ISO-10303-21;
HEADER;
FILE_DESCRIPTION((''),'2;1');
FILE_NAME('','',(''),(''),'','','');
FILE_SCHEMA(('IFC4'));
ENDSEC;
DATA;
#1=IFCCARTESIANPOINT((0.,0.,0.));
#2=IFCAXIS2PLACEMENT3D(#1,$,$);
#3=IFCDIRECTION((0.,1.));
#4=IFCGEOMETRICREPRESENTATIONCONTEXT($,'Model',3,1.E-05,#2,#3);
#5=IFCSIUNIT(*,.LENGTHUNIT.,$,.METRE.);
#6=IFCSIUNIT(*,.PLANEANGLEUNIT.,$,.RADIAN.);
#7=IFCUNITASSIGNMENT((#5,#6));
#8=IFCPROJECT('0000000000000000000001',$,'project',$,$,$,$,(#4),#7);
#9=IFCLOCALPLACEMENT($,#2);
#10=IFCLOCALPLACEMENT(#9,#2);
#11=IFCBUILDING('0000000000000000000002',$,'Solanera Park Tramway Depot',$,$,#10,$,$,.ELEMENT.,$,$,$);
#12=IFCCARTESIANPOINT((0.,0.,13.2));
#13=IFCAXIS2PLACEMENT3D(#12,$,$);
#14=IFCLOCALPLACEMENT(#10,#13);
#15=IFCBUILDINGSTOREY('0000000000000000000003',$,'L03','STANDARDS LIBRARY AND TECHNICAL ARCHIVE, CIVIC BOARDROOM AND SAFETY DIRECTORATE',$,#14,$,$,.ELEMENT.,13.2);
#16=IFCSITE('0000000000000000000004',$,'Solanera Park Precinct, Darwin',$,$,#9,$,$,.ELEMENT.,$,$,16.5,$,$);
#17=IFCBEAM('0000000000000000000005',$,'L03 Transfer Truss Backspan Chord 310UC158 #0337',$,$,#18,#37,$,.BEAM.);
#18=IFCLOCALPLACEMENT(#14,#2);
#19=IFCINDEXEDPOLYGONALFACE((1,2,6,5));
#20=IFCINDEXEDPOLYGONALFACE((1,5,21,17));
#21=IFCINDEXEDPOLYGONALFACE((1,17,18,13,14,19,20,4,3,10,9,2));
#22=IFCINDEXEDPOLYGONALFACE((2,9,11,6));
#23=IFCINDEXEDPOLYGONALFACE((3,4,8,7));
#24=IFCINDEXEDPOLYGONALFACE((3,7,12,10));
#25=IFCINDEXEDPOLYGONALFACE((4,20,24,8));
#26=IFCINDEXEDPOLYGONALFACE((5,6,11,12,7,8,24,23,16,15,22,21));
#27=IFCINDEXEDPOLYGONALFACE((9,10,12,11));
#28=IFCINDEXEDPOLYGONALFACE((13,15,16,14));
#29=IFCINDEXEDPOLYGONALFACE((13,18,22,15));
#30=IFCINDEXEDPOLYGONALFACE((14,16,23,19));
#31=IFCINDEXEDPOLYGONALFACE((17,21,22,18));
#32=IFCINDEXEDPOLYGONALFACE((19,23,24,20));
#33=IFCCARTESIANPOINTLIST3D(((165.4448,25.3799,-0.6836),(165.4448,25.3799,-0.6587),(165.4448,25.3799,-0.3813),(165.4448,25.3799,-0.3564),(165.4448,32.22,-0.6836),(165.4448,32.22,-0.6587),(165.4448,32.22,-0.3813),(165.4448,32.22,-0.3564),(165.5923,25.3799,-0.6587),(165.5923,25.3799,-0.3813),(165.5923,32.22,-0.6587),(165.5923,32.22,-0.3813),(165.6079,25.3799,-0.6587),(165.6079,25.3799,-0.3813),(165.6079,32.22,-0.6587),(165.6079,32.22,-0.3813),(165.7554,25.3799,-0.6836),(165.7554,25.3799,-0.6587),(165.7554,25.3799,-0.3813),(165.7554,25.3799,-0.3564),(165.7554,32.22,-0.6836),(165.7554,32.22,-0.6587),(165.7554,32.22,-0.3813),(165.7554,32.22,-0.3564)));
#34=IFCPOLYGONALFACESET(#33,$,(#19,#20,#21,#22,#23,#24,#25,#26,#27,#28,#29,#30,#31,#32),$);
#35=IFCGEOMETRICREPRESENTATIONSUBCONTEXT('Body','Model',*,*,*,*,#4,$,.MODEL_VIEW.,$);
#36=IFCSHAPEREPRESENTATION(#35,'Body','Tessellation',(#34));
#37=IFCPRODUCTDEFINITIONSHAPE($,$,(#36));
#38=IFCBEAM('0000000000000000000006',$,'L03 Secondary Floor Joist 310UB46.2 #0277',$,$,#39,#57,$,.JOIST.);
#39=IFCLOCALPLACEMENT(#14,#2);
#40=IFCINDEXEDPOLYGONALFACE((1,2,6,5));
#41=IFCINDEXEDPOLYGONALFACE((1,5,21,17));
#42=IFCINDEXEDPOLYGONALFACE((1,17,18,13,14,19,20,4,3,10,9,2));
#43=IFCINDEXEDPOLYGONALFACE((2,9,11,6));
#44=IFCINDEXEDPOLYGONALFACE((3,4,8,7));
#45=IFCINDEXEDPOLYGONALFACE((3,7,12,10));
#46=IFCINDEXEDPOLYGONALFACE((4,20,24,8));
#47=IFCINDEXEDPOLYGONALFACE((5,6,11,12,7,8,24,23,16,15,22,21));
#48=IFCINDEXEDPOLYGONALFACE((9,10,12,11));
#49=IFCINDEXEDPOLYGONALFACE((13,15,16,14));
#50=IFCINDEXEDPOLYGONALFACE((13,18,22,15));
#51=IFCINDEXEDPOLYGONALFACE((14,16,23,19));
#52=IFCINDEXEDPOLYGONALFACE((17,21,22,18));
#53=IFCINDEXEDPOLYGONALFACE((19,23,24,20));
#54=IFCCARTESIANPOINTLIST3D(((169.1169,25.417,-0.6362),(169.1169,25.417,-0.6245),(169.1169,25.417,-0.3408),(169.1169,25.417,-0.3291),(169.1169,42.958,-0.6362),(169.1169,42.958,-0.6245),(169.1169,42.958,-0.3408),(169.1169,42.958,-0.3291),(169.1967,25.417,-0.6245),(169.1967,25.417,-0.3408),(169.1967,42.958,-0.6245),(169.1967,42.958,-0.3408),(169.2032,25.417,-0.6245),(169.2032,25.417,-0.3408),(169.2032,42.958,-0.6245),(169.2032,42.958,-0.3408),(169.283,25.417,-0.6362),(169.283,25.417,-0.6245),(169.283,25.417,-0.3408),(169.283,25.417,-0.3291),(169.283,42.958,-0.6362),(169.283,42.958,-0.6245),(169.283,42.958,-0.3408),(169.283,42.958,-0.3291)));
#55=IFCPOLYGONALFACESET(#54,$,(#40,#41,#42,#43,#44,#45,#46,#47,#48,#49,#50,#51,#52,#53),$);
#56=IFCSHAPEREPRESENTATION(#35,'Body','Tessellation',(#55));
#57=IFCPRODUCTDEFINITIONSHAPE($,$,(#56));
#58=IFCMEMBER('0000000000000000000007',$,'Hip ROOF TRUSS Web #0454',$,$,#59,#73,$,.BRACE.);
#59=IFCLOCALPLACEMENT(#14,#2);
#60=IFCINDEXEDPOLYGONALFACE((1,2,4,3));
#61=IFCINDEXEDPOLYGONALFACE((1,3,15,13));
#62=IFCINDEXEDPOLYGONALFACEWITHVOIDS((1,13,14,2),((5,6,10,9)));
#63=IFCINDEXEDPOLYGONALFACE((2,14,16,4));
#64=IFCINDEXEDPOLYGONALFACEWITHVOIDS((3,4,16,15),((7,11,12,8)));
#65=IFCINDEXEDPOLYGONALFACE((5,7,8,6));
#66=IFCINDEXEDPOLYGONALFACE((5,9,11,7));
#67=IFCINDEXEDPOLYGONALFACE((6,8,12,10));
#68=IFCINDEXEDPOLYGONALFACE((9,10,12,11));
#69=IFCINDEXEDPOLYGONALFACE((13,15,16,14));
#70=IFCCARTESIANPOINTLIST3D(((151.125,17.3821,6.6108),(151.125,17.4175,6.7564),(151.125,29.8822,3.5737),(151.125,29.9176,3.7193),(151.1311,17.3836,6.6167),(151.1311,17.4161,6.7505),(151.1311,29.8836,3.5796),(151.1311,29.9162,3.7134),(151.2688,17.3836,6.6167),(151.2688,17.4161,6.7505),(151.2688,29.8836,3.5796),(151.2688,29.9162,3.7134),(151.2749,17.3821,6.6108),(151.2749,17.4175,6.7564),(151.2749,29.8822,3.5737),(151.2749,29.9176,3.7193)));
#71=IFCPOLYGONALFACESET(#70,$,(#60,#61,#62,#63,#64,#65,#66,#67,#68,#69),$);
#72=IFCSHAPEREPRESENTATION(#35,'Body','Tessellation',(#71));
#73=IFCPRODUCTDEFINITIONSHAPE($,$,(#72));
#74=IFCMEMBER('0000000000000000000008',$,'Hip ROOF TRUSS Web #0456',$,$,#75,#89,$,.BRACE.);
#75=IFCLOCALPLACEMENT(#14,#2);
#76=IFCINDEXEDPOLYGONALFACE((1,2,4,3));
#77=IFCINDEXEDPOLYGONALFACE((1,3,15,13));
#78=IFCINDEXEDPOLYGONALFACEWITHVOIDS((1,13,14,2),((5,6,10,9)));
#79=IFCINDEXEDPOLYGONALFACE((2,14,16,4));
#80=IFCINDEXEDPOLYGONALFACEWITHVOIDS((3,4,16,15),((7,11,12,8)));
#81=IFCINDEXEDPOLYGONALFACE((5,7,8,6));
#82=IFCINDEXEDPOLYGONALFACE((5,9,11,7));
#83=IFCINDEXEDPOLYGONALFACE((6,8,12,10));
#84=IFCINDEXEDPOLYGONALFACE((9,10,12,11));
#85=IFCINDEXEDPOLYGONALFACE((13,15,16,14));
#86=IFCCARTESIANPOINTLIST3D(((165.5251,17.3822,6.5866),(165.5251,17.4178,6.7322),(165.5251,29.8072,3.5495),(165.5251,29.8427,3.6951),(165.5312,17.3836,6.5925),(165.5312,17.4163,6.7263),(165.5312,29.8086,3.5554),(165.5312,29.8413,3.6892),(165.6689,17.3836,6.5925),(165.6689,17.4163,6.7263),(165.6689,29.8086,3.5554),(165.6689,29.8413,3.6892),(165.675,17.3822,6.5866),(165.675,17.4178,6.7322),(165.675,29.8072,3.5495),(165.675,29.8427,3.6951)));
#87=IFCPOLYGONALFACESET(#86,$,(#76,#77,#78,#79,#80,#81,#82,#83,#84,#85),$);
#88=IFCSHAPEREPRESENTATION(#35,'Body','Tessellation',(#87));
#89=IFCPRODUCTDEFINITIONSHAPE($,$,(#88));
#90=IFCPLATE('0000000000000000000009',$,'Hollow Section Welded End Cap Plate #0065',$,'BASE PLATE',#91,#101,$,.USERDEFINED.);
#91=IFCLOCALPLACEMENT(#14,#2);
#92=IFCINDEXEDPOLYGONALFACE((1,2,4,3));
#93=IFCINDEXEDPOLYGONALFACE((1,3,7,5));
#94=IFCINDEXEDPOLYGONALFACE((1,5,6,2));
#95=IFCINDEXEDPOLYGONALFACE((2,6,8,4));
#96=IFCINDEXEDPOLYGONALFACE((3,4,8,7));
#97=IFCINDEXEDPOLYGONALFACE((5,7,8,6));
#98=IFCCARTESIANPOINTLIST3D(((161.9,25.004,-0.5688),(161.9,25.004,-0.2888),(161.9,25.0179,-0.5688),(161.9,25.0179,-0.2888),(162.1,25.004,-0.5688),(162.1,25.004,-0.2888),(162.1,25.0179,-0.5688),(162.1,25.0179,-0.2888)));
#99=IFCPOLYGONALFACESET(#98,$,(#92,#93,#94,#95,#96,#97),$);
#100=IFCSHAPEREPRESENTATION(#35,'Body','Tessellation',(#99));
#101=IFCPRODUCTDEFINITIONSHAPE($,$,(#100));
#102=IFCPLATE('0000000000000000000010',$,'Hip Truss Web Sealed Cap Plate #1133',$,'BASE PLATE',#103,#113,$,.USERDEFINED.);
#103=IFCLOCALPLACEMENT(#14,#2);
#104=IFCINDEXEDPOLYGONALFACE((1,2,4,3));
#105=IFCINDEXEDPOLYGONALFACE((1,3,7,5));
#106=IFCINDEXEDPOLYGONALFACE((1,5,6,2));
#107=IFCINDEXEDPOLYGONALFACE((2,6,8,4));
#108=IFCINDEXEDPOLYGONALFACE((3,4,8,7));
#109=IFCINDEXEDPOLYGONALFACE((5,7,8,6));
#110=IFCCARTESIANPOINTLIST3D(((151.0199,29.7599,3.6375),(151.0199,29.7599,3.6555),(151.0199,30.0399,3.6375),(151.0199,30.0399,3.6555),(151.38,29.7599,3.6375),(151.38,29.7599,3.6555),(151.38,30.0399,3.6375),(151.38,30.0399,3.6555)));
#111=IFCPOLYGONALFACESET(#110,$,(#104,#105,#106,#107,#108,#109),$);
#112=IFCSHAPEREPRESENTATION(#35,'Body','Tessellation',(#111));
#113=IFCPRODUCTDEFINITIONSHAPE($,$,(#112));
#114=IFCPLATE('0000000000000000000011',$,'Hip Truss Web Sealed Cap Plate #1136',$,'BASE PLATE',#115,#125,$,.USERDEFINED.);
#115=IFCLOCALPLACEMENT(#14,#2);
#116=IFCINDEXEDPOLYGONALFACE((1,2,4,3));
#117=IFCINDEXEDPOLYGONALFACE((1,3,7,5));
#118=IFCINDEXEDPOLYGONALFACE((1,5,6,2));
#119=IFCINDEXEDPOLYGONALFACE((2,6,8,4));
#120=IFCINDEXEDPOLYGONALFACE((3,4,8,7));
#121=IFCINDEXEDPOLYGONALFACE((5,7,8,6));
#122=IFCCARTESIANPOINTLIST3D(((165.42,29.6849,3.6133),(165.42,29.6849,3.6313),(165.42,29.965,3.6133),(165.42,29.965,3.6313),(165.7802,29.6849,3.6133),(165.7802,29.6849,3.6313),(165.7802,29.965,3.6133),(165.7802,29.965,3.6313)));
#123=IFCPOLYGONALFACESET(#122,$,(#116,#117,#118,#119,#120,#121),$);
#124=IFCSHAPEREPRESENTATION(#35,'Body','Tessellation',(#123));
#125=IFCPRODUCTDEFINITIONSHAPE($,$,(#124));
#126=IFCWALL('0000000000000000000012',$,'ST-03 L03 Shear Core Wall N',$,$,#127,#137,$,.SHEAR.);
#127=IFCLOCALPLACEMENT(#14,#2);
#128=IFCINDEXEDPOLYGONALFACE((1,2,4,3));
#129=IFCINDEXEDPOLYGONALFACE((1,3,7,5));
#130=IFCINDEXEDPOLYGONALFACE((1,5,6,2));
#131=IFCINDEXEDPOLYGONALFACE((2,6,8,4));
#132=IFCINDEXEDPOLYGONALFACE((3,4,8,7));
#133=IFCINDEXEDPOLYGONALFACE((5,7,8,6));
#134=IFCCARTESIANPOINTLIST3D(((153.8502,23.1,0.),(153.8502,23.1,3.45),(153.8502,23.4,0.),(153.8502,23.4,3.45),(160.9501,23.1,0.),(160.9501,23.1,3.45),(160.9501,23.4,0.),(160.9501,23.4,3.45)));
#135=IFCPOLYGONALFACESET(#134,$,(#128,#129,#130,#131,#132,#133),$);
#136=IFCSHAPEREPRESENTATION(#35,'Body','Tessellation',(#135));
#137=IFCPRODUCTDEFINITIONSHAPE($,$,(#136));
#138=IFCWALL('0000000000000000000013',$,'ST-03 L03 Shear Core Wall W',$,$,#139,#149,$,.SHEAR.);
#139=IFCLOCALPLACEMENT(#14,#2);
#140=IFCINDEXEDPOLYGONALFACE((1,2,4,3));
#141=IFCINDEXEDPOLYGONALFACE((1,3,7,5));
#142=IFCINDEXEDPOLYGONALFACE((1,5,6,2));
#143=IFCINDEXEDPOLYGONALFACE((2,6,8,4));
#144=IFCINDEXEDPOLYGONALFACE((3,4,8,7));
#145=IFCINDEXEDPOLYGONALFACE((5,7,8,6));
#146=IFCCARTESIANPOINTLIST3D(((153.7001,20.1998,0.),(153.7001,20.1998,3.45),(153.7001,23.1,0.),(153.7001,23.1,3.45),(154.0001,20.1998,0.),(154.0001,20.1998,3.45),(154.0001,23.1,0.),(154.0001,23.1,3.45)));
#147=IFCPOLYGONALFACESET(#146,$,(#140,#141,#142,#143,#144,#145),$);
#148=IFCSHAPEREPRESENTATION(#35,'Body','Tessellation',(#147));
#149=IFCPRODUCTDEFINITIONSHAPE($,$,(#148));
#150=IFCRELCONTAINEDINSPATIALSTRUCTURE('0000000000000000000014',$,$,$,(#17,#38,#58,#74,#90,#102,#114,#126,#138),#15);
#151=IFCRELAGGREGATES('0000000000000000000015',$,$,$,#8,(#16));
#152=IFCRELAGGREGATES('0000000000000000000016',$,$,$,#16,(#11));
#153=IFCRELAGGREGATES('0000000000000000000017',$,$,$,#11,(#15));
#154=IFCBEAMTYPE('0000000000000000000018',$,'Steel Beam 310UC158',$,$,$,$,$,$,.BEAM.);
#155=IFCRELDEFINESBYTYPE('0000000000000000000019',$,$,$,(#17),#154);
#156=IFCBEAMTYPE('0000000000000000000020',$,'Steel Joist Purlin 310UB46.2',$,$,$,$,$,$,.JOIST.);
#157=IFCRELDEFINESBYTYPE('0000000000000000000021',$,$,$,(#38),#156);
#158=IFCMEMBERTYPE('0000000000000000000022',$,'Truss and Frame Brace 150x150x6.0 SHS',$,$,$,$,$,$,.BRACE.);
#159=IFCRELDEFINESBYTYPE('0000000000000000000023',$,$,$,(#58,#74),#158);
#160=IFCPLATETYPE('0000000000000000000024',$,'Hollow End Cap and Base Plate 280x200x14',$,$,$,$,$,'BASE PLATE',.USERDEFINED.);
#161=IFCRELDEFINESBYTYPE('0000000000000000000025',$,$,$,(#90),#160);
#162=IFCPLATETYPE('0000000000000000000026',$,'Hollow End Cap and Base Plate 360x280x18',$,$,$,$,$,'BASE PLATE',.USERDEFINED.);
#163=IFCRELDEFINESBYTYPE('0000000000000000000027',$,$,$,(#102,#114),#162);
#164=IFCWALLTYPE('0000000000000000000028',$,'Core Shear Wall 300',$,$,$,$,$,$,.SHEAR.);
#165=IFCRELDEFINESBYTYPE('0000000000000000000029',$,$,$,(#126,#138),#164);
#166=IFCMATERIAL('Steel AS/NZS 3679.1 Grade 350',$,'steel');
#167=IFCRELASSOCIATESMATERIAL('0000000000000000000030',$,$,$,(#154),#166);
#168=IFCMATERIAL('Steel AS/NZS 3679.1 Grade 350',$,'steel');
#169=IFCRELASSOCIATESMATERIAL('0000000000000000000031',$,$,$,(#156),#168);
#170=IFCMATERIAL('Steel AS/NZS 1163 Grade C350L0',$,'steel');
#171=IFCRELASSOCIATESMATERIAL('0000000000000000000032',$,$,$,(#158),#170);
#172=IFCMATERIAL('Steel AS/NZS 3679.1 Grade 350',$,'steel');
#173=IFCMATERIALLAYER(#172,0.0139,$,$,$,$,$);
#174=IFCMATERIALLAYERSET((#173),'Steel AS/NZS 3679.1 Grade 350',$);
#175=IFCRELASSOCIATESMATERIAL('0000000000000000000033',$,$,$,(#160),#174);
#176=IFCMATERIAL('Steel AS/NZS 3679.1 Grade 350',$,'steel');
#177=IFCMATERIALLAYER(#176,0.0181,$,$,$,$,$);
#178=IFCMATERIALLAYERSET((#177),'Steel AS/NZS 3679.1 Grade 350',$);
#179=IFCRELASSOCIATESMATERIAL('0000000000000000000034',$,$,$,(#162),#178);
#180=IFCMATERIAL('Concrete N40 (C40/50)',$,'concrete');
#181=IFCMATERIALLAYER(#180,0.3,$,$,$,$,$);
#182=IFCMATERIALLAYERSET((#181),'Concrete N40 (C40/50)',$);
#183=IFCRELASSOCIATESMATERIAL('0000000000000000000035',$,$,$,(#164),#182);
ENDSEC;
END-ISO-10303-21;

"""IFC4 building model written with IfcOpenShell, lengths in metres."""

from ifc_helpers import new_model, si_unit, direction, frame, frame_2d, origin, origin_2d, place, context, subcontext, project, spatial, rectangle, hollow_rectangle, i_section, extrude, material, layer, layer_set, material_profile, profile_set, type_object, element, save


model = new_model("IFC4")

# Units and contexts
model_context = context("Model", 3, precision=1e-05, world=origin(), true_north=direction((0.0, 1.0)))
body_context = subcontext(model_context, "Body", "Model", "MODEL_VIEW")
ifc_project = project(units=[si_unit("LENGTHUNIT", "METRE"), si_unit("PLANEANGLEUNIT", "RADIAN")], contexts=[model_context])

# Site, building, storey
site_placement = place(None, origin())
site = spatial("IfcSite", under=ifc_project, at=site_placement, Name="Solanera Park Precinct, Darwin", CompositionType="ELEMENT", RefElevation=16.5)
building_placement = place(site_placement, origin())
building = spatial("IfcBuilding", under=site, at=building_placement, Name="Solanera Park Tramway Depot", CompositionType="ELEMENT")
storey_placement = place(building_placement, frame((0.0, 0.0, 13.2)))
storey = spatial("IfcBuildingStorey", under=building, at=storey_placement, Name="L03", Description="STANDARDS LIBRARY AND TECHNICAL ARCHIVE, CIVIC BOARDROOM AND SAFETY DIRECTORATE", CompositionType="ELEMENT", Elevation=13.2)

# Beams
ifc_material_1 = material(Name="Steel AS/NZS 3679.1 Grade 350", Category="steel")
ifc_material_profile_1 = material_profile(ifc_material_1, i_section(OverallWidth=0.3105, OverallDepth=0.3271, WebThickness=0.0156, FlangeThickness=0.0249, at=origin_2d()), Name="310UC158")
ifc_profile_set_1 = profile_set([ifc_material_profile_1], Name="Steel AS/NZS 3679.1 Grade 350")
beam_type_1 = type_object("IfcBeamType", Name="Steel Beam 310UC158", PredefinedType="BEAM", material=ifc_profile_set_1)
beam_1_placement = place(storey_placement, frame((165.6001, 25.3799, -0.52), z_axis=(0.0, 1.0, 0.0), x_axis=(-1.0, 0.0, 0.0)))
element("IfcBeam", 1, at=beam_1_placement, inside=storey, type_object=beam_type_1, Name="L03 Transfer Truss Backspan Chord 310UC158 #0337", PredefinedType="BEAM", context=body_context, shape_type="SweptSolid", body=[
    extrude(i_section(OverallWidth=0.3105, OverallDepth=0.3271, WebThickness=0.0156, FlangeThickness=0.0249, at=origin_2d()), origin(), (0.0, 0.0, 1.0), 6.8401),
])
ifc_material_2 = material(Name="Steel AS/NZS 3679.1 Grade 350", Category="steel")
ifc_material_profile_2 = material_profile(ifc_material_2, i_section(OverallWidth=0.166, OverallDepth=0.3071, WebThickness=0.0066, FlangeThickness=0.0117, at=origin_2d()), Name="310UB46.2")
ifc_profile_set_2 = profile_set([ifc_material_profile_2], Name="Steel AS/NZS 3679.1 Grade 350")
beam_type_2 = type_object("IfcBeamType", Name="Steel Joist Purlin 310UB46.2", PredefinedType="JOIST", material=ifc_profile_set_2)
beam_2_placement = place(storey_placement, frame((169.2, 25.417, -0.4827), z_axis=(0.0, 1.0, 0.0), x_axis=(-1.0, 0.0, 0.0)))
element("IfcBeam", 2, at=beam_2_placement, inside=storey, type_object=beam_type_2, Name="L03 Secondary Floor Joist 310UB46.2 #0277", PredefinedType="JOIST", context=body_context, shape_type="SweptSolid", body=[
    extrude(i_section(OverallWidth=0.166, OverallDepth=0.3071, WebThickness=0.0066, FlangeThickness=0.0117, at=origin_2d()), origin(), (0.0, 0.0, 1.0), 17.541),
])

# Members
ifc_material_3 = material(Name="Steel AS/NZS 1163 Grade C350L0", Category="steel")
ifc_material_profile_3 = material_profile(ifc_material_3, hollow_rectangle(XDim=0.1499, YDim=0.1499, WallThickness=0.0061, at=origin_2d()), Name="150x150x6.0 SHS")
ifc_profile_set_3 = profile_set([ifc_material_profile_3], Name="Steel AS/NZS 1163 Grade C350L0")
member_type_1 = type_object("IfcMemberType", Name="Truss and Frame Brace 150x150x6.0 SHS", PredefinedType="BRACE", material=ifc_profile_set_3)
member_1_placement = place(storey_placement, frame((151.2, 29.8999, 3.6465), z_axis=(0.0, -0.971729, 0.2361), x_axis=(1.0, 0.0, 0.0)))
element("IfcMember", 3, at=member_1_placement, inside=storey, type_object=member_type_1, Name="Hip ROOF TRUSS Web #0454", PredefinedType="BRACE", context=body_context, shape_type="SweptSolid", body=[
    extrude(hollow_rectangle(XDim=0.1499, YDim=0.1499, WallThickness=0.0061, at=origin_2d()), origin(), (0.0, 0.0, 1.0), 12.8638),
])
member_2_placement = place(storey_placement, frame((165.6001, 29.825, 3.6223), z_axis=(0.0, -0.971401, 0.237444), x_axis=(1.0, 0.0, 0.0)))
element("IfcMember", 4, at=member_2_placement, inside=storey, type_object=member_type_1, Name="Hip ROOF TRUSS Web #0456", PredefinedType="BRACE", context=body_context, shape_type="SweptSolid", body=[
    extrude(hollow_rectangle(XDim=0.1499, YDim=0.1499, WallThickness=0.0061, at=origin_2d()), origin(), (0.0, 0.0, 1.0), 12.7908),
])

# Plates
ifc_material_4 = material(Name="Steel AS/NZS 3679.1 Grade 350", Category="steel")
ifc_layer_1 = layer(ifc_material_4, 0.0139)
ifc_layer_set_1 = layer_set([ifc_layer_1], Name="Steel AS/NZS 3679.1 Grade 350")
plate_type_1 = type_object("IfcPlateType", Name="Hollow End Cap and Base Plate 280x200x14", ElementType="BASE PLATE", PredefinedType="USERDEFINED", material=ifc_layer_set_1)
plate_placement = place(storey_placement, frame((162.0, 25.011, -0.5688), z_axis=(0.0, 0.0, 1.0), x_axis=(0.0, 1.0, 0.0)))
element("IfcPlate", 5, at=plate_placement, inside=storey, type_object=plate_type_1, Name="Hollow Section Welded End Cap Plate #0065", ObjectType="BASE PLATE", PredefinedType="USERDEFINED", context=body_context, shape_type="SweptSolid", body=[
    extrude(rectangle(XDim=0.0139, YDim=0.2, at=origin_2d()), origin(), (0.0, 0.0, 1.0), 0.28),
])
ifc_material_5 = material(Name="Steel AS/NZS 3679.1 Grade 350", Category="steel")
ifc_layer_2 = layer(ifc_material_5, 0.0181)
ifc_layer_set_2 = layer_set([ifc_layer_2], Name="Steel AS/NZS 3679.1 Grade 350")
plate_type_2 = type_object("IfcPlateType", Name="Hollow End Cap and Base Plate 360x280x18", ElementType="BASE PLATE", PredefinedType="USERDEFINED", material=ifc_layer_set_2)
for number, where, z_axis, x_axis, name in (
    (6, (151.2, 29.8999, 3.6375), (0.0, 0.0, 1.0), (1.0, 0.0, 0.0), "Hip Truss Web Sealed Cap Plate #1133"),
    (7, (165.6001, 29.825, 3.6133), (0.0, 0.0, 1.0), (1.0, 0.0, 0.0), "Hip Truss Web Sealed Cap Plate #1136"),
):
    element("IfcPlate", number, at=place(storey_placement, frame(where, z_axis=z_axis, x_axis=x_axis)), inside=storey, type_object=plate_type_2, Name=name, ObjectType="BASE PLATE", PredefinedType="USERDEFINED", context=body_context, shape_type="SweptSolid", body=[
        extrude(rectangle(XDim=0.3601, YDim=0.28, at=origin_2d()), origin(), (0.0, 0.0, 1.0), 0.0181),
    ])

# Walls
ifc_material_6 = material(Name="Concrete N40 (C40/50)", Category="concrete")
ifc_layer_3 = layer(ifc_material_6, 0.3)
ifc_layer_set_3 = layer_set([ifc_layer_3], Name="Concrete N40 (C40/50)")
wall_type_1 = type_object("IfcWallType", Name="Core Shear Wall 300", PredefinedType="SHEAR", material=ifc_layer_set_3)
wall_1_placement = place(storey_placement, frame((160.95, 23.25, 0.0), z_axis=(0.0, 0.0, 1.0), x_axis=(-1.0, 0.0, 0.0)))
element("IfcWall", 8, at=wall_1_placement, inside=storey, type_object=wall_type_1, Name="ST-03 L03 Shear Core Wall N", PredefinedType="SHEAR", context=body_context, shape_type="SweptSolid", body=[
    extrude(rectangle(XDim=7.0999, YDim=0.3, at=frame_2d((3.5498, 0.0))), origin(), (0.0, 0.0, 1.0), 3.45),
])
wall_2_placement = place(storey_placement, frame((153.8501, 23.1001, 0.0), z_axis=(0.0, 0.0, 1.0), x_axis=(0.0, -1.0, 0.0)))
element("IfcWall", 9, at=wall_2_placement, inside=storey, type_object=wall_type_1, Name="ST-03 L03 Shear Core Wall W", PredefinedType="SHEAR", context=body_context, shape_type="SweptSolid", body=[
    extrude(rectangle(XDim=2.9001, YDim=0.3, at=frame_2d((1.4502, 0.0))), origin(), (0.0, 0.0, 1.0), 3.45),
])

save(model, "model.ifc")
